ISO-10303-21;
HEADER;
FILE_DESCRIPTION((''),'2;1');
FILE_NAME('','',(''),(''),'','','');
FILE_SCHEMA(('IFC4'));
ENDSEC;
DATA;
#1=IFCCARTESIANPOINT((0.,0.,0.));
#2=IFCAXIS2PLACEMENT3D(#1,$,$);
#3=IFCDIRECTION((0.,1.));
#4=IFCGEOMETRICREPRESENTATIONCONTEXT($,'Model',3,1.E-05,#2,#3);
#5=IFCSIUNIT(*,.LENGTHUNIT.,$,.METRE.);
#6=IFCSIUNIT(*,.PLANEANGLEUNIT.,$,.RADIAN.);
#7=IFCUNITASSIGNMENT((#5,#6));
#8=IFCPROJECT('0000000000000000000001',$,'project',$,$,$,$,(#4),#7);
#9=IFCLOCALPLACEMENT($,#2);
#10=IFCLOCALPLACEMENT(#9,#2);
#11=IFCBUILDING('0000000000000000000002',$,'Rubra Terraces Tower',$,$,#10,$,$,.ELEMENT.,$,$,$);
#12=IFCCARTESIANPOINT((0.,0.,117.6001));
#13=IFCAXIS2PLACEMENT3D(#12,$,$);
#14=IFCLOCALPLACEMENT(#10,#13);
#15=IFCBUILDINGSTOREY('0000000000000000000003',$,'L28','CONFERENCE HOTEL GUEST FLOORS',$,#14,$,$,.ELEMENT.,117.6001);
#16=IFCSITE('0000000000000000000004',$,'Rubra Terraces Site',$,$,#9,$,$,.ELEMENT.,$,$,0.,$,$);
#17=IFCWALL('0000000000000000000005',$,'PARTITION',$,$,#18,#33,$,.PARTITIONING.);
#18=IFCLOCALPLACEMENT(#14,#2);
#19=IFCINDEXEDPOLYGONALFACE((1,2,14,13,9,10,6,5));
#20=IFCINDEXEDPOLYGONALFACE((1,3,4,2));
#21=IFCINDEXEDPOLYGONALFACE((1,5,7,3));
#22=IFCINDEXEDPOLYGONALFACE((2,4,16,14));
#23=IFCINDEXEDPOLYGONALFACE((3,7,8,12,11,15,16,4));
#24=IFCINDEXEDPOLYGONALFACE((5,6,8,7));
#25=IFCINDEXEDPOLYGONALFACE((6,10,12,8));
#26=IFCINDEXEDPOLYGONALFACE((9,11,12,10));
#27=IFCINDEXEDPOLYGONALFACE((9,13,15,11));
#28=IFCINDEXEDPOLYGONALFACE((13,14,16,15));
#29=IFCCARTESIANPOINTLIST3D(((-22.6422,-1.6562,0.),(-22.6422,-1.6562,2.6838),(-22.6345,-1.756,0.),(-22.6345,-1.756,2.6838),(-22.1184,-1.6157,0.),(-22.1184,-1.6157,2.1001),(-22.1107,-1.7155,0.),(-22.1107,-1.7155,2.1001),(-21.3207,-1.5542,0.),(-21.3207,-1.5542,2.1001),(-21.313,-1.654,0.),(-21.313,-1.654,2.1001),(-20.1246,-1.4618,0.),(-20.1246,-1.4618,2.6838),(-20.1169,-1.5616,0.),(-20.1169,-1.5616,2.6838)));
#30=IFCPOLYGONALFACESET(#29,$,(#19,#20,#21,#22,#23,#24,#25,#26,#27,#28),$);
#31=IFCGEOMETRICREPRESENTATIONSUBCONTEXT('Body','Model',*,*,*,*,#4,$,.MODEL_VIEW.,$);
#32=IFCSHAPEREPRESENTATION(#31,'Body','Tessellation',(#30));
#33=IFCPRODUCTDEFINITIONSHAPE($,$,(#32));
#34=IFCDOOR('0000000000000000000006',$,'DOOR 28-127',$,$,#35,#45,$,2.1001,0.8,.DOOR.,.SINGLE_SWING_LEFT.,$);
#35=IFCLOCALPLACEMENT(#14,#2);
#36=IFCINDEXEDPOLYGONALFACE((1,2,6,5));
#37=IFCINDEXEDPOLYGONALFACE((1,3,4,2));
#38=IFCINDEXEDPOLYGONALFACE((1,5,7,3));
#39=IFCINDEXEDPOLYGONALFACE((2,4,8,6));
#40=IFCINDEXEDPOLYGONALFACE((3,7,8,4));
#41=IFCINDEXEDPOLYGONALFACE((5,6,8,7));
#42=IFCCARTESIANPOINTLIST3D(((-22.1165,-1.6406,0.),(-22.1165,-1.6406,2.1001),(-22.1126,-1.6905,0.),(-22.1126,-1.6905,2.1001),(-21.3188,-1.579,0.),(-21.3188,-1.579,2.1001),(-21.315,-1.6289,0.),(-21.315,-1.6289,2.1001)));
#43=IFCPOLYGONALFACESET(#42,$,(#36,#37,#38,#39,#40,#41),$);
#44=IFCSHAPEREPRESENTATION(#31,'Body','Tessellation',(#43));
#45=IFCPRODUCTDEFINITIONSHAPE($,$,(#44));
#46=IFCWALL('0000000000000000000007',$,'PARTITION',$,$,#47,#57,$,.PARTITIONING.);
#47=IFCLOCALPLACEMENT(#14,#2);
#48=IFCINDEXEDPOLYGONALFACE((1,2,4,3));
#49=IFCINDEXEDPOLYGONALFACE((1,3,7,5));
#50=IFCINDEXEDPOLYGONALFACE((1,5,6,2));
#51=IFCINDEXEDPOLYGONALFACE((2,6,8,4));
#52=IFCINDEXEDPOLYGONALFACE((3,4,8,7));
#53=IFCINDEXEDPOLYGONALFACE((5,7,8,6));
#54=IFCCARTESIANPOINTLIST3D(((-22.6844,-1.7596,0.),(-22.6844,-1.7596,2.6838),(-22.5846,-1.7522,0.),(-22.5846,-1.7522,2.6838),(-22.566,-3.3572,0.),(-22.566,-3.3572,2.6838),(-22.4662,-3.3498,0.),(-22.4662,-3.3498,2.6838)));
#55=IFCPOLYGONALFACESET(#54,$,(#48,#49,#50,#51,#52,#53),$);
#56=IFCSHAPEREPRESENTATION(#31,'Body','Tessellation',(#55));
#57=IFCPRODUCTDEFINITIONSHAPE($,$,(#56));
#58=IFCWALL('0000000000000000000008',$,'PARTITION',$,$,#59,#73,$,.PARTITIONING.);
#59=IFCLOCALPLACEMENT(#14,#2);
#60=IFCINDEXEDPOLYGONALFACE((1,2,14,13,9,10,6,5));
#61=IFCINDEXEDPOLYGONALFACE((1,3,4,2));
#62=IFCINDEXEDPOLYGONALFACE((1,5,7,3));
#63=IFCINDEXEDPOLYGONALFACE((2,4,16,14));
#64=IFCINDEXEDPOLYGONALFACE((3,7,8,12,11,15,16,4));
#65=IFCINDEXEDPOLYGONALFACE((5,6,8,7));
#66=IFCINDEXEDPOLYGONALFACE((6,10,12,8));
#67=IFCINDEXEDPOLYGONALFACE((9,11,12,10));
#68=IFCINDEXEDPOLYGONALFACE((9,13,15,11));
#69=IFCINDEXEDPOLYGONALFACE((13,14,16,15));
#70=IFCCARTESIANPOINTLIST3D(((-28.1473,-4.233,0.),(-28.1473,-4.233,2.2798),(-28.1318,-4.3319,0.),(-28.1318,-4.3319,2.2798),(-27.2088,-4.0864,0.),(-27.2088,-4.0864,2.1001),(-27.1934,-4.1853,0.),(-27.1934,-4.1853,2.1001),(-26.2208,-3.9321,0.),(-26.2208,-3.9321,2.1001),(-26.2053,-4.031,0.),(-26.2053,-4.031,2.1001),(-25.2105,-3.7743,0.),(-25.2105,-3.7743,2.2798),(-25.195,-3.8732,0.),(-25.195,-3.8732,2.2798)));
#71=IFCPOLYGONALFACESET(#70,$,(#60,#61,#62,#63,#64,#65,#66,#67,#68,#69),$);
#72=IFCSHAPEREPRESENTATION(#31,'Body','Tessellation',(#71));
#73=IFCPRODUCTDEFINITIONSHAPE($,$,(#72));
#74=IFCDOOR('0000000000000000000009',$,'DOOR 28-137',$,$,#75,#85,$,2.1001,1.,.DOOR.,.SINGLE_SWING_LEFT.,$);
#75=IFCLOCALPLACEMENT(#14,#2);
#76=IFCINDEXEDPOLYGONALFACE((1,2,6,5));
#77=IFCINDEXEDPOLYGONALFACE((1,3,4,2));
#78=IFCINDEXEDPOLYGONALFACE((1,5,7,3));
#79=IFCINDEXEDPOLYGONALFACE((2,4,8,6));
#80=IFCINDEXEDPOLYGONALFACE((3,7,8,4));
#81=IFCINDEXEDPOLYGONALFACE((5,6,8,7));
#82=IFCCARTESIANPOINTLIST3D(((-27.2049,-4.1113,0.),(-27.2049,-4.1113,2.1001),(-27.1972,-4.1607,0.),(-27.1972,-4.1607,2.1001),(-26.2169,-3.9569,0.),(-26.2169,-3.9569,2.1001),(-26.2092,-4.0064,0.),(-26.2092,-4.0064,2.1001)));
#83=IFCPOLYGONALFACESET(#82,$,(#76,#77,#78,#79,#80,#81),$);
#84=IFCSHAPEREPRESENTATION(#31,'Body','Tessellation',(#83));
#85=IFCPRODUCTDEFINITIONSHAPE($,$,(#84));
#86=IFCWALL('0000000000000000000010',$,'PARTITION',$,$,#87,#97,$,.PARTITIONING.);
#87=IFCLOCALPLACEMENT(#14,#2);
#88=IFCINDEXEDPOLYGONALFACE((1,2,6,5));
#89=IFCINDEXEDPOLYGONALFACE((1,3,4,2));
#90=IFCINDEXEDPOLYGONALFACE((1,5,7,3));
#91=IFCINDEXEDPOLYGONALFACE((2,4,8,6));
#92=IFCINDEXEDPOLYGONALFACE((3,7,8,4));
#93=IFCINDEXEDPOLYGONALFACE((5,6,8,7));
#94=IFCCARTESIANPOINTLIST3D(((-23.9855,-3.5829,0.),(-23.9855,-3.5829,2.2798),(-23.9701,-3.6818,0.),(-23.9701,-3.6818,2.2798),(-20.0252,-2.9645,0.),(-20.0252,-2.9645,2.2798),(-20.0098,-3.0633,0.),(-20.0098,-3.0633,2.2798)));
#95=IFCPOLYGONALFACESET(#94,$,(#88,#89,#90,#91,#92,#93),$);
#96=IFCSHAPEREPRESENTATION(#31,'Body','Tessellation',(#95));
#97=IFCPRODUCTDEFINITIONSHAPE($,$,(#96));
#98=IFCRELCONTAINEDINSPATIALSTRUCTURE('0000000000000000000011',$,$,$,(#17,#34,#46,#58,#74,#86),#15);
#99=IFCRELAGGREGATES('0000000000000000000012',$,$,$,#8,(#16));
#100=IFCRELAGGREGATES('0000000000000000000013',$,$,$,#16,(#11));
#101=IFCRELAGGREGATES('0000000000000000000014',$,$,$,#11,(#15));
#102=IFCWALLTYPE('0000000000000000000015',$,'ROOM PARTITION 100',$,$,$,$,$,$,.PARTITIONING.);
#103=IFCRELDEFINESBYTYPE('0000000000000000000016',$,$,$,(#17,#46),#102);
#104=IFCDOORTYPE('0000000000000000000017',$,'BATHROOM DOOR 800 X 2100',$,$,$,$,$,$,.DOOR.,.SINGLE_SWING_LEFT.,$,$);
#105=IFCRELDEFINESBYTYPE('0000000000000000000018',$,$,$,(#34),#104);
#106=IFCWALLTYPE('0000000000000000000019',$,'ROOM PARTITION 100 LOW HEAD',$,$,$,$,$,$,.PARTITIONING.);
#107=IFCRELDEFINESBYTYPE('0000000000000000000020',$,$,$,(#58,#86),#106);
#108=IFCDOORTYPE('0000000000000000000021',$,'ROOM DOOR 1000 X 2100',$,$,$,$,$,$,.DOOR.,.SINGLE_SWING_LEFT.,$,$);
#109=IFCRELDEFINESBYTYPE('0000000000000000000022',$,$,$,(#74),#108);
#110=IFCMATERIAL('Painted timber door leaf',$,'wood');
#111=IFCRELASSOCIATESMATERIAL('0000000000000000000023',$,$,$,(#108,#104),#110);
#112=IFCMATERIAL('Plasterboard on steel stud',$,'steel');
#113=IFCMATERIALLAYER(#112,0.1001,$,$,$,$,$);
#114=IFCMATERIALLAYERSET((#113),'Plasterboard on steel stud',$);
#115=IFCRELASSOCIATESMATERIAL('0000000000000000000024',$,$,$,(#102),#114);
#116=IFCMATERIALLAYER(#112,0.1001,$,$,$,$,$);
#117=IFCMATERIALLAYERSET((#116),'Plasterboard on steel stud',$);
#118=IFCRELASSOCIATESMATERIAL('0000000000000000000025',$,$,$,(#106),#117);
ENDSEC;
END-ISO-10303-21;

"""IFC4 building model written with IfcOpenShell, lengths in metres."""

from ifc_helpers import new_model, si_unit, direction, frame, frame_2d, origin, place, context, subcontext, project, spatial, rectangle, extrude, material, layer, layer_set, type_object, element, fill, save


model = new_model("IFC4")

# Units and contexts
model_context = context("Model", 3, precision=1e-05, world=origin(), true_north=direction((0.0, 1.0)))
body_context = subcontext(model_context, "Body", "Model", "MODEL_VIEW")
ifc_project = project(units=[si_unit("LENGTHUNIT", "METRE"), si_unit("PLANEANGLEUNIT", "RADIAN")], contexts=[model_context])

# Site, building, storey
site_placement = place(None, origin())
site = spatial("IfcSite", under=ifc_project, at=site_placement, Name="Rubra Terraces Site", CompositionType="ELEMENT", RefElevation=0.0)
building_placement = place(site_placement, origin())
building = spatial("IfcBuilding", under=site, at=building_placement, Name="Rubra Terraces Tower", CompositionType="ELEMENT")
storey_placement = place(building_placement, frame((0.0, 0.0, 117.6001)))
storey = spatial("IfcBuildingStorey", under=building, at=storey_placement, Name="L28", Description="CONFERENCE HOTEL GUEST FLOORS", CompositionType="ELEMENT", Elevation=117.6001)

# Shared definitions
ifc_material_1 = material(Name="Painted timber door leaf", Category="wood")
door_type_1 = type_object("IfcDoorType", Name="ROOM DOOR 1000 X 2100", OperationType="SINGLE_SWING_LEFT", PredefinedType="DOOR", material=ifc_material_1)

# Wall, opening, door
ifc_material_2 = material(Name="Plasterboard on steel stud", Category="steel")
ifc_layer_1 = layer(ifc_material_2, 0.1001)
ifc_layer_set_1 = layer_set([ifc_layer_1], Name="Plasterboard on steel stud")
wall_type_1 = type_object("IfcWallType", Name="ROOM PARTITION 100", PredefinedType="PARTITIONING", material=ifc_layer_set_1)
wall_1_placement = place(storey_placement, frame((-20.1206, -1.5117, 0.0), z_axis=(0.0, 0.0, 1.0), x_axis=(-0.997034, -0.076963, 0.0)))
wall_1 = element("IfcWall", 1, at=wall_1_placement, inside=storey, type_object=wall_type_1, Name="PARTITION", PredefinedType="PARTITIONING", context=body_context, shape_type="SweptSolid", body=[
    extrude(rectangle(XDim=2.5251, YDim=0.1001, at=frame_2d((1.2627, 0.0))), origin(), (0.0, 0.0, 1.0), 2.6838),
])
opening_1_placement = place(wall_1_placement, frame((1.2, 0.0, 0.0)))
opening_1 = element("IfcOpeningElement", 2, at=opening_1_placement, cuts=wall_1, PredefinedType="OPENING", context=body_context, shape_type="SweptSolid", body=[
    extrude(rectangle(XDim=0.8, YDim=2.1001, at=frame_2d((0.3999, 1.05))), frame((0.0, 0.0601, 0.0), z_axis=(0.0, -1.0, 0.0), x_axis=(1.0, 0.0, 0.0)), (0.0, 0.0, 1.0), 0.1201),
])
door_type_2 = type_object("IfcDoorType", Name="BATHROOM DOOR 800 X 2100", OperationType="SINGLE_SWING_LEFT", PredefinedType="DOOR", material=ifc_material_1)
door_1_placement = place(opening_1_placement, origin())
door_1 = element("IfcDoor", 3, at=door_1_placement, inside=storey, type_object=door_type_2, Name="DOOR 28-127", OperationType="SINGLE_SWING_LEFT", OverallHeight=2.1001, OverallWidth=0.8, PredefinedType="DOOR", context=body_context, shape_type="SweptSolid", body=[
    extrude(rectangle(XDim=0.8, YDim=2.1001, at=frame_2d((0.3999, 1.05))), frame((0.0, 0.0249, 0.0), z_axis=(0.0, -1.0, 0.0), x_axis=(1.0, 0.0, 0.0)), (0.0, 0.0, 1.0), 0.05),
])
fill(opening_1, door_1)

# Wall
wall_2_placement = place(storey_placement, frame((-22.6345, -1.7559, 0.0), z_axis=(0.0, 0.0, 1.0), x_axis=(0.073911, -0.997265, 0.0)))
element("IfcWall", 4, at=wall_2_placement, inside=storey, type_object=wall_type_1, Name="PARTITION", PredefinedType="PARTITIONING", context=body_context, shape_type="SweptSolid", body=[
    extrude(rectangle(XDim=1.6021, YDim=0.1001, at=frame_2d((0.801, 0.0))), origin(), (0.0, 0.0, 1.0), 2.6838),
])

# Wall, opening, door
ifc_layer_2 = layer(ifc_material_2, 0.1001)
ifc_layer_set_2 = layer_set([ifc_layer_2], Name="Plasterboard on steel stud")
wall_type_2 = type_object("IfcWallType", Name="ROOM PARTITION 100 LOW HEAD", PredefinedType="PARTITIONING", material=ifc_layer_set_2)
wall_3_placement = place(storey_placement, frame((-28.1396, -4.2825, 0.0), z_axis=(0.0, 0.0, 1.0), x_axis=(0.988019, 0.154334, 0.0)))
wall_3 = element("IfcWall", 5, at=wall_3_placement, inside=storey, type_object=wall_type_2, Name="PARTITION", PredefinedType="PARTITIONING", context=body_context, shape_type="SweptSolid", body=[
    extrude(rectangle(XDim=2.9724, YDim=0.1001, at=frame_2d((1.4863, 0.0))), origin(), (0.0, 0.0, 1.0), 2.2798),
])
opening_2_placement = place(wall_3_placement, frame((0.95, 0.0, 0.0)))
opening_2 = element("IfcOpeningElement", 6, at=opening_2_placement, cuts=wall_3, PredefinedType="OPENING", context=body_context, shape_type="SweptSolid", body=[
    extrude(rectangle(XDim=1.0, YDim=2.1001, at=frame_2d((0.5, 1.05))), frame((0.0, 0.0601, 0.0), z_axis=(0.0, -1.0, 0.0), x_axis=(1.0, 0.0, 0.0)), (0.0, 0.0, 1.0), 0.1201),
])
door_2_placement = place(opening_2_placement, origin())
door_2 = element("IfcDoor", 7, at=door_2_placement, inside=storey, type_object=door_type_1, Name="DOOR 28-137", OperationType="SINGLE_SWING_LEFT", OverallHeight=2.1001, OverallWidth=1.0, PredefinedType="DOOR", context=body_context, shape_type="SweptSolid", body=[
    extrude(rectangle(XDim=1.0, YDim=2.1001, at=frame_2d((0.5, 1.05))), frame((0.0, 0.0249, 0.0), z_axis=(0.0, -1.0, 0.0), x_axis=(1.0, 0.0, 0.0)), (0.0, 0.0, 1.0), 0.05),
])
fill(opening_2, door_2)

# Wall
wall_4_placement = place(storey_placement, frame((-23.9778, -3.6323, 0.0), z_axis=(0.0, 0.0, 1.0), x_axis=(0.988026, 0.154286, 0.0)))
element("IfcWall", 8, at=wall_4_placement, inside=storey, type_object=wall_type_2, Name="PARTITION", PredefinedType="PARTITIONING", context=body_context, shape_type="SweptSolid", body=[
    extrude(rectangle(XDim=4.0083, YDim=0.1001, at=frame_2d((2.0042, 0.0))), origin(), (0.0, 0.0, 1.0), 2.2798),
])

save(model, "model.ifc")
